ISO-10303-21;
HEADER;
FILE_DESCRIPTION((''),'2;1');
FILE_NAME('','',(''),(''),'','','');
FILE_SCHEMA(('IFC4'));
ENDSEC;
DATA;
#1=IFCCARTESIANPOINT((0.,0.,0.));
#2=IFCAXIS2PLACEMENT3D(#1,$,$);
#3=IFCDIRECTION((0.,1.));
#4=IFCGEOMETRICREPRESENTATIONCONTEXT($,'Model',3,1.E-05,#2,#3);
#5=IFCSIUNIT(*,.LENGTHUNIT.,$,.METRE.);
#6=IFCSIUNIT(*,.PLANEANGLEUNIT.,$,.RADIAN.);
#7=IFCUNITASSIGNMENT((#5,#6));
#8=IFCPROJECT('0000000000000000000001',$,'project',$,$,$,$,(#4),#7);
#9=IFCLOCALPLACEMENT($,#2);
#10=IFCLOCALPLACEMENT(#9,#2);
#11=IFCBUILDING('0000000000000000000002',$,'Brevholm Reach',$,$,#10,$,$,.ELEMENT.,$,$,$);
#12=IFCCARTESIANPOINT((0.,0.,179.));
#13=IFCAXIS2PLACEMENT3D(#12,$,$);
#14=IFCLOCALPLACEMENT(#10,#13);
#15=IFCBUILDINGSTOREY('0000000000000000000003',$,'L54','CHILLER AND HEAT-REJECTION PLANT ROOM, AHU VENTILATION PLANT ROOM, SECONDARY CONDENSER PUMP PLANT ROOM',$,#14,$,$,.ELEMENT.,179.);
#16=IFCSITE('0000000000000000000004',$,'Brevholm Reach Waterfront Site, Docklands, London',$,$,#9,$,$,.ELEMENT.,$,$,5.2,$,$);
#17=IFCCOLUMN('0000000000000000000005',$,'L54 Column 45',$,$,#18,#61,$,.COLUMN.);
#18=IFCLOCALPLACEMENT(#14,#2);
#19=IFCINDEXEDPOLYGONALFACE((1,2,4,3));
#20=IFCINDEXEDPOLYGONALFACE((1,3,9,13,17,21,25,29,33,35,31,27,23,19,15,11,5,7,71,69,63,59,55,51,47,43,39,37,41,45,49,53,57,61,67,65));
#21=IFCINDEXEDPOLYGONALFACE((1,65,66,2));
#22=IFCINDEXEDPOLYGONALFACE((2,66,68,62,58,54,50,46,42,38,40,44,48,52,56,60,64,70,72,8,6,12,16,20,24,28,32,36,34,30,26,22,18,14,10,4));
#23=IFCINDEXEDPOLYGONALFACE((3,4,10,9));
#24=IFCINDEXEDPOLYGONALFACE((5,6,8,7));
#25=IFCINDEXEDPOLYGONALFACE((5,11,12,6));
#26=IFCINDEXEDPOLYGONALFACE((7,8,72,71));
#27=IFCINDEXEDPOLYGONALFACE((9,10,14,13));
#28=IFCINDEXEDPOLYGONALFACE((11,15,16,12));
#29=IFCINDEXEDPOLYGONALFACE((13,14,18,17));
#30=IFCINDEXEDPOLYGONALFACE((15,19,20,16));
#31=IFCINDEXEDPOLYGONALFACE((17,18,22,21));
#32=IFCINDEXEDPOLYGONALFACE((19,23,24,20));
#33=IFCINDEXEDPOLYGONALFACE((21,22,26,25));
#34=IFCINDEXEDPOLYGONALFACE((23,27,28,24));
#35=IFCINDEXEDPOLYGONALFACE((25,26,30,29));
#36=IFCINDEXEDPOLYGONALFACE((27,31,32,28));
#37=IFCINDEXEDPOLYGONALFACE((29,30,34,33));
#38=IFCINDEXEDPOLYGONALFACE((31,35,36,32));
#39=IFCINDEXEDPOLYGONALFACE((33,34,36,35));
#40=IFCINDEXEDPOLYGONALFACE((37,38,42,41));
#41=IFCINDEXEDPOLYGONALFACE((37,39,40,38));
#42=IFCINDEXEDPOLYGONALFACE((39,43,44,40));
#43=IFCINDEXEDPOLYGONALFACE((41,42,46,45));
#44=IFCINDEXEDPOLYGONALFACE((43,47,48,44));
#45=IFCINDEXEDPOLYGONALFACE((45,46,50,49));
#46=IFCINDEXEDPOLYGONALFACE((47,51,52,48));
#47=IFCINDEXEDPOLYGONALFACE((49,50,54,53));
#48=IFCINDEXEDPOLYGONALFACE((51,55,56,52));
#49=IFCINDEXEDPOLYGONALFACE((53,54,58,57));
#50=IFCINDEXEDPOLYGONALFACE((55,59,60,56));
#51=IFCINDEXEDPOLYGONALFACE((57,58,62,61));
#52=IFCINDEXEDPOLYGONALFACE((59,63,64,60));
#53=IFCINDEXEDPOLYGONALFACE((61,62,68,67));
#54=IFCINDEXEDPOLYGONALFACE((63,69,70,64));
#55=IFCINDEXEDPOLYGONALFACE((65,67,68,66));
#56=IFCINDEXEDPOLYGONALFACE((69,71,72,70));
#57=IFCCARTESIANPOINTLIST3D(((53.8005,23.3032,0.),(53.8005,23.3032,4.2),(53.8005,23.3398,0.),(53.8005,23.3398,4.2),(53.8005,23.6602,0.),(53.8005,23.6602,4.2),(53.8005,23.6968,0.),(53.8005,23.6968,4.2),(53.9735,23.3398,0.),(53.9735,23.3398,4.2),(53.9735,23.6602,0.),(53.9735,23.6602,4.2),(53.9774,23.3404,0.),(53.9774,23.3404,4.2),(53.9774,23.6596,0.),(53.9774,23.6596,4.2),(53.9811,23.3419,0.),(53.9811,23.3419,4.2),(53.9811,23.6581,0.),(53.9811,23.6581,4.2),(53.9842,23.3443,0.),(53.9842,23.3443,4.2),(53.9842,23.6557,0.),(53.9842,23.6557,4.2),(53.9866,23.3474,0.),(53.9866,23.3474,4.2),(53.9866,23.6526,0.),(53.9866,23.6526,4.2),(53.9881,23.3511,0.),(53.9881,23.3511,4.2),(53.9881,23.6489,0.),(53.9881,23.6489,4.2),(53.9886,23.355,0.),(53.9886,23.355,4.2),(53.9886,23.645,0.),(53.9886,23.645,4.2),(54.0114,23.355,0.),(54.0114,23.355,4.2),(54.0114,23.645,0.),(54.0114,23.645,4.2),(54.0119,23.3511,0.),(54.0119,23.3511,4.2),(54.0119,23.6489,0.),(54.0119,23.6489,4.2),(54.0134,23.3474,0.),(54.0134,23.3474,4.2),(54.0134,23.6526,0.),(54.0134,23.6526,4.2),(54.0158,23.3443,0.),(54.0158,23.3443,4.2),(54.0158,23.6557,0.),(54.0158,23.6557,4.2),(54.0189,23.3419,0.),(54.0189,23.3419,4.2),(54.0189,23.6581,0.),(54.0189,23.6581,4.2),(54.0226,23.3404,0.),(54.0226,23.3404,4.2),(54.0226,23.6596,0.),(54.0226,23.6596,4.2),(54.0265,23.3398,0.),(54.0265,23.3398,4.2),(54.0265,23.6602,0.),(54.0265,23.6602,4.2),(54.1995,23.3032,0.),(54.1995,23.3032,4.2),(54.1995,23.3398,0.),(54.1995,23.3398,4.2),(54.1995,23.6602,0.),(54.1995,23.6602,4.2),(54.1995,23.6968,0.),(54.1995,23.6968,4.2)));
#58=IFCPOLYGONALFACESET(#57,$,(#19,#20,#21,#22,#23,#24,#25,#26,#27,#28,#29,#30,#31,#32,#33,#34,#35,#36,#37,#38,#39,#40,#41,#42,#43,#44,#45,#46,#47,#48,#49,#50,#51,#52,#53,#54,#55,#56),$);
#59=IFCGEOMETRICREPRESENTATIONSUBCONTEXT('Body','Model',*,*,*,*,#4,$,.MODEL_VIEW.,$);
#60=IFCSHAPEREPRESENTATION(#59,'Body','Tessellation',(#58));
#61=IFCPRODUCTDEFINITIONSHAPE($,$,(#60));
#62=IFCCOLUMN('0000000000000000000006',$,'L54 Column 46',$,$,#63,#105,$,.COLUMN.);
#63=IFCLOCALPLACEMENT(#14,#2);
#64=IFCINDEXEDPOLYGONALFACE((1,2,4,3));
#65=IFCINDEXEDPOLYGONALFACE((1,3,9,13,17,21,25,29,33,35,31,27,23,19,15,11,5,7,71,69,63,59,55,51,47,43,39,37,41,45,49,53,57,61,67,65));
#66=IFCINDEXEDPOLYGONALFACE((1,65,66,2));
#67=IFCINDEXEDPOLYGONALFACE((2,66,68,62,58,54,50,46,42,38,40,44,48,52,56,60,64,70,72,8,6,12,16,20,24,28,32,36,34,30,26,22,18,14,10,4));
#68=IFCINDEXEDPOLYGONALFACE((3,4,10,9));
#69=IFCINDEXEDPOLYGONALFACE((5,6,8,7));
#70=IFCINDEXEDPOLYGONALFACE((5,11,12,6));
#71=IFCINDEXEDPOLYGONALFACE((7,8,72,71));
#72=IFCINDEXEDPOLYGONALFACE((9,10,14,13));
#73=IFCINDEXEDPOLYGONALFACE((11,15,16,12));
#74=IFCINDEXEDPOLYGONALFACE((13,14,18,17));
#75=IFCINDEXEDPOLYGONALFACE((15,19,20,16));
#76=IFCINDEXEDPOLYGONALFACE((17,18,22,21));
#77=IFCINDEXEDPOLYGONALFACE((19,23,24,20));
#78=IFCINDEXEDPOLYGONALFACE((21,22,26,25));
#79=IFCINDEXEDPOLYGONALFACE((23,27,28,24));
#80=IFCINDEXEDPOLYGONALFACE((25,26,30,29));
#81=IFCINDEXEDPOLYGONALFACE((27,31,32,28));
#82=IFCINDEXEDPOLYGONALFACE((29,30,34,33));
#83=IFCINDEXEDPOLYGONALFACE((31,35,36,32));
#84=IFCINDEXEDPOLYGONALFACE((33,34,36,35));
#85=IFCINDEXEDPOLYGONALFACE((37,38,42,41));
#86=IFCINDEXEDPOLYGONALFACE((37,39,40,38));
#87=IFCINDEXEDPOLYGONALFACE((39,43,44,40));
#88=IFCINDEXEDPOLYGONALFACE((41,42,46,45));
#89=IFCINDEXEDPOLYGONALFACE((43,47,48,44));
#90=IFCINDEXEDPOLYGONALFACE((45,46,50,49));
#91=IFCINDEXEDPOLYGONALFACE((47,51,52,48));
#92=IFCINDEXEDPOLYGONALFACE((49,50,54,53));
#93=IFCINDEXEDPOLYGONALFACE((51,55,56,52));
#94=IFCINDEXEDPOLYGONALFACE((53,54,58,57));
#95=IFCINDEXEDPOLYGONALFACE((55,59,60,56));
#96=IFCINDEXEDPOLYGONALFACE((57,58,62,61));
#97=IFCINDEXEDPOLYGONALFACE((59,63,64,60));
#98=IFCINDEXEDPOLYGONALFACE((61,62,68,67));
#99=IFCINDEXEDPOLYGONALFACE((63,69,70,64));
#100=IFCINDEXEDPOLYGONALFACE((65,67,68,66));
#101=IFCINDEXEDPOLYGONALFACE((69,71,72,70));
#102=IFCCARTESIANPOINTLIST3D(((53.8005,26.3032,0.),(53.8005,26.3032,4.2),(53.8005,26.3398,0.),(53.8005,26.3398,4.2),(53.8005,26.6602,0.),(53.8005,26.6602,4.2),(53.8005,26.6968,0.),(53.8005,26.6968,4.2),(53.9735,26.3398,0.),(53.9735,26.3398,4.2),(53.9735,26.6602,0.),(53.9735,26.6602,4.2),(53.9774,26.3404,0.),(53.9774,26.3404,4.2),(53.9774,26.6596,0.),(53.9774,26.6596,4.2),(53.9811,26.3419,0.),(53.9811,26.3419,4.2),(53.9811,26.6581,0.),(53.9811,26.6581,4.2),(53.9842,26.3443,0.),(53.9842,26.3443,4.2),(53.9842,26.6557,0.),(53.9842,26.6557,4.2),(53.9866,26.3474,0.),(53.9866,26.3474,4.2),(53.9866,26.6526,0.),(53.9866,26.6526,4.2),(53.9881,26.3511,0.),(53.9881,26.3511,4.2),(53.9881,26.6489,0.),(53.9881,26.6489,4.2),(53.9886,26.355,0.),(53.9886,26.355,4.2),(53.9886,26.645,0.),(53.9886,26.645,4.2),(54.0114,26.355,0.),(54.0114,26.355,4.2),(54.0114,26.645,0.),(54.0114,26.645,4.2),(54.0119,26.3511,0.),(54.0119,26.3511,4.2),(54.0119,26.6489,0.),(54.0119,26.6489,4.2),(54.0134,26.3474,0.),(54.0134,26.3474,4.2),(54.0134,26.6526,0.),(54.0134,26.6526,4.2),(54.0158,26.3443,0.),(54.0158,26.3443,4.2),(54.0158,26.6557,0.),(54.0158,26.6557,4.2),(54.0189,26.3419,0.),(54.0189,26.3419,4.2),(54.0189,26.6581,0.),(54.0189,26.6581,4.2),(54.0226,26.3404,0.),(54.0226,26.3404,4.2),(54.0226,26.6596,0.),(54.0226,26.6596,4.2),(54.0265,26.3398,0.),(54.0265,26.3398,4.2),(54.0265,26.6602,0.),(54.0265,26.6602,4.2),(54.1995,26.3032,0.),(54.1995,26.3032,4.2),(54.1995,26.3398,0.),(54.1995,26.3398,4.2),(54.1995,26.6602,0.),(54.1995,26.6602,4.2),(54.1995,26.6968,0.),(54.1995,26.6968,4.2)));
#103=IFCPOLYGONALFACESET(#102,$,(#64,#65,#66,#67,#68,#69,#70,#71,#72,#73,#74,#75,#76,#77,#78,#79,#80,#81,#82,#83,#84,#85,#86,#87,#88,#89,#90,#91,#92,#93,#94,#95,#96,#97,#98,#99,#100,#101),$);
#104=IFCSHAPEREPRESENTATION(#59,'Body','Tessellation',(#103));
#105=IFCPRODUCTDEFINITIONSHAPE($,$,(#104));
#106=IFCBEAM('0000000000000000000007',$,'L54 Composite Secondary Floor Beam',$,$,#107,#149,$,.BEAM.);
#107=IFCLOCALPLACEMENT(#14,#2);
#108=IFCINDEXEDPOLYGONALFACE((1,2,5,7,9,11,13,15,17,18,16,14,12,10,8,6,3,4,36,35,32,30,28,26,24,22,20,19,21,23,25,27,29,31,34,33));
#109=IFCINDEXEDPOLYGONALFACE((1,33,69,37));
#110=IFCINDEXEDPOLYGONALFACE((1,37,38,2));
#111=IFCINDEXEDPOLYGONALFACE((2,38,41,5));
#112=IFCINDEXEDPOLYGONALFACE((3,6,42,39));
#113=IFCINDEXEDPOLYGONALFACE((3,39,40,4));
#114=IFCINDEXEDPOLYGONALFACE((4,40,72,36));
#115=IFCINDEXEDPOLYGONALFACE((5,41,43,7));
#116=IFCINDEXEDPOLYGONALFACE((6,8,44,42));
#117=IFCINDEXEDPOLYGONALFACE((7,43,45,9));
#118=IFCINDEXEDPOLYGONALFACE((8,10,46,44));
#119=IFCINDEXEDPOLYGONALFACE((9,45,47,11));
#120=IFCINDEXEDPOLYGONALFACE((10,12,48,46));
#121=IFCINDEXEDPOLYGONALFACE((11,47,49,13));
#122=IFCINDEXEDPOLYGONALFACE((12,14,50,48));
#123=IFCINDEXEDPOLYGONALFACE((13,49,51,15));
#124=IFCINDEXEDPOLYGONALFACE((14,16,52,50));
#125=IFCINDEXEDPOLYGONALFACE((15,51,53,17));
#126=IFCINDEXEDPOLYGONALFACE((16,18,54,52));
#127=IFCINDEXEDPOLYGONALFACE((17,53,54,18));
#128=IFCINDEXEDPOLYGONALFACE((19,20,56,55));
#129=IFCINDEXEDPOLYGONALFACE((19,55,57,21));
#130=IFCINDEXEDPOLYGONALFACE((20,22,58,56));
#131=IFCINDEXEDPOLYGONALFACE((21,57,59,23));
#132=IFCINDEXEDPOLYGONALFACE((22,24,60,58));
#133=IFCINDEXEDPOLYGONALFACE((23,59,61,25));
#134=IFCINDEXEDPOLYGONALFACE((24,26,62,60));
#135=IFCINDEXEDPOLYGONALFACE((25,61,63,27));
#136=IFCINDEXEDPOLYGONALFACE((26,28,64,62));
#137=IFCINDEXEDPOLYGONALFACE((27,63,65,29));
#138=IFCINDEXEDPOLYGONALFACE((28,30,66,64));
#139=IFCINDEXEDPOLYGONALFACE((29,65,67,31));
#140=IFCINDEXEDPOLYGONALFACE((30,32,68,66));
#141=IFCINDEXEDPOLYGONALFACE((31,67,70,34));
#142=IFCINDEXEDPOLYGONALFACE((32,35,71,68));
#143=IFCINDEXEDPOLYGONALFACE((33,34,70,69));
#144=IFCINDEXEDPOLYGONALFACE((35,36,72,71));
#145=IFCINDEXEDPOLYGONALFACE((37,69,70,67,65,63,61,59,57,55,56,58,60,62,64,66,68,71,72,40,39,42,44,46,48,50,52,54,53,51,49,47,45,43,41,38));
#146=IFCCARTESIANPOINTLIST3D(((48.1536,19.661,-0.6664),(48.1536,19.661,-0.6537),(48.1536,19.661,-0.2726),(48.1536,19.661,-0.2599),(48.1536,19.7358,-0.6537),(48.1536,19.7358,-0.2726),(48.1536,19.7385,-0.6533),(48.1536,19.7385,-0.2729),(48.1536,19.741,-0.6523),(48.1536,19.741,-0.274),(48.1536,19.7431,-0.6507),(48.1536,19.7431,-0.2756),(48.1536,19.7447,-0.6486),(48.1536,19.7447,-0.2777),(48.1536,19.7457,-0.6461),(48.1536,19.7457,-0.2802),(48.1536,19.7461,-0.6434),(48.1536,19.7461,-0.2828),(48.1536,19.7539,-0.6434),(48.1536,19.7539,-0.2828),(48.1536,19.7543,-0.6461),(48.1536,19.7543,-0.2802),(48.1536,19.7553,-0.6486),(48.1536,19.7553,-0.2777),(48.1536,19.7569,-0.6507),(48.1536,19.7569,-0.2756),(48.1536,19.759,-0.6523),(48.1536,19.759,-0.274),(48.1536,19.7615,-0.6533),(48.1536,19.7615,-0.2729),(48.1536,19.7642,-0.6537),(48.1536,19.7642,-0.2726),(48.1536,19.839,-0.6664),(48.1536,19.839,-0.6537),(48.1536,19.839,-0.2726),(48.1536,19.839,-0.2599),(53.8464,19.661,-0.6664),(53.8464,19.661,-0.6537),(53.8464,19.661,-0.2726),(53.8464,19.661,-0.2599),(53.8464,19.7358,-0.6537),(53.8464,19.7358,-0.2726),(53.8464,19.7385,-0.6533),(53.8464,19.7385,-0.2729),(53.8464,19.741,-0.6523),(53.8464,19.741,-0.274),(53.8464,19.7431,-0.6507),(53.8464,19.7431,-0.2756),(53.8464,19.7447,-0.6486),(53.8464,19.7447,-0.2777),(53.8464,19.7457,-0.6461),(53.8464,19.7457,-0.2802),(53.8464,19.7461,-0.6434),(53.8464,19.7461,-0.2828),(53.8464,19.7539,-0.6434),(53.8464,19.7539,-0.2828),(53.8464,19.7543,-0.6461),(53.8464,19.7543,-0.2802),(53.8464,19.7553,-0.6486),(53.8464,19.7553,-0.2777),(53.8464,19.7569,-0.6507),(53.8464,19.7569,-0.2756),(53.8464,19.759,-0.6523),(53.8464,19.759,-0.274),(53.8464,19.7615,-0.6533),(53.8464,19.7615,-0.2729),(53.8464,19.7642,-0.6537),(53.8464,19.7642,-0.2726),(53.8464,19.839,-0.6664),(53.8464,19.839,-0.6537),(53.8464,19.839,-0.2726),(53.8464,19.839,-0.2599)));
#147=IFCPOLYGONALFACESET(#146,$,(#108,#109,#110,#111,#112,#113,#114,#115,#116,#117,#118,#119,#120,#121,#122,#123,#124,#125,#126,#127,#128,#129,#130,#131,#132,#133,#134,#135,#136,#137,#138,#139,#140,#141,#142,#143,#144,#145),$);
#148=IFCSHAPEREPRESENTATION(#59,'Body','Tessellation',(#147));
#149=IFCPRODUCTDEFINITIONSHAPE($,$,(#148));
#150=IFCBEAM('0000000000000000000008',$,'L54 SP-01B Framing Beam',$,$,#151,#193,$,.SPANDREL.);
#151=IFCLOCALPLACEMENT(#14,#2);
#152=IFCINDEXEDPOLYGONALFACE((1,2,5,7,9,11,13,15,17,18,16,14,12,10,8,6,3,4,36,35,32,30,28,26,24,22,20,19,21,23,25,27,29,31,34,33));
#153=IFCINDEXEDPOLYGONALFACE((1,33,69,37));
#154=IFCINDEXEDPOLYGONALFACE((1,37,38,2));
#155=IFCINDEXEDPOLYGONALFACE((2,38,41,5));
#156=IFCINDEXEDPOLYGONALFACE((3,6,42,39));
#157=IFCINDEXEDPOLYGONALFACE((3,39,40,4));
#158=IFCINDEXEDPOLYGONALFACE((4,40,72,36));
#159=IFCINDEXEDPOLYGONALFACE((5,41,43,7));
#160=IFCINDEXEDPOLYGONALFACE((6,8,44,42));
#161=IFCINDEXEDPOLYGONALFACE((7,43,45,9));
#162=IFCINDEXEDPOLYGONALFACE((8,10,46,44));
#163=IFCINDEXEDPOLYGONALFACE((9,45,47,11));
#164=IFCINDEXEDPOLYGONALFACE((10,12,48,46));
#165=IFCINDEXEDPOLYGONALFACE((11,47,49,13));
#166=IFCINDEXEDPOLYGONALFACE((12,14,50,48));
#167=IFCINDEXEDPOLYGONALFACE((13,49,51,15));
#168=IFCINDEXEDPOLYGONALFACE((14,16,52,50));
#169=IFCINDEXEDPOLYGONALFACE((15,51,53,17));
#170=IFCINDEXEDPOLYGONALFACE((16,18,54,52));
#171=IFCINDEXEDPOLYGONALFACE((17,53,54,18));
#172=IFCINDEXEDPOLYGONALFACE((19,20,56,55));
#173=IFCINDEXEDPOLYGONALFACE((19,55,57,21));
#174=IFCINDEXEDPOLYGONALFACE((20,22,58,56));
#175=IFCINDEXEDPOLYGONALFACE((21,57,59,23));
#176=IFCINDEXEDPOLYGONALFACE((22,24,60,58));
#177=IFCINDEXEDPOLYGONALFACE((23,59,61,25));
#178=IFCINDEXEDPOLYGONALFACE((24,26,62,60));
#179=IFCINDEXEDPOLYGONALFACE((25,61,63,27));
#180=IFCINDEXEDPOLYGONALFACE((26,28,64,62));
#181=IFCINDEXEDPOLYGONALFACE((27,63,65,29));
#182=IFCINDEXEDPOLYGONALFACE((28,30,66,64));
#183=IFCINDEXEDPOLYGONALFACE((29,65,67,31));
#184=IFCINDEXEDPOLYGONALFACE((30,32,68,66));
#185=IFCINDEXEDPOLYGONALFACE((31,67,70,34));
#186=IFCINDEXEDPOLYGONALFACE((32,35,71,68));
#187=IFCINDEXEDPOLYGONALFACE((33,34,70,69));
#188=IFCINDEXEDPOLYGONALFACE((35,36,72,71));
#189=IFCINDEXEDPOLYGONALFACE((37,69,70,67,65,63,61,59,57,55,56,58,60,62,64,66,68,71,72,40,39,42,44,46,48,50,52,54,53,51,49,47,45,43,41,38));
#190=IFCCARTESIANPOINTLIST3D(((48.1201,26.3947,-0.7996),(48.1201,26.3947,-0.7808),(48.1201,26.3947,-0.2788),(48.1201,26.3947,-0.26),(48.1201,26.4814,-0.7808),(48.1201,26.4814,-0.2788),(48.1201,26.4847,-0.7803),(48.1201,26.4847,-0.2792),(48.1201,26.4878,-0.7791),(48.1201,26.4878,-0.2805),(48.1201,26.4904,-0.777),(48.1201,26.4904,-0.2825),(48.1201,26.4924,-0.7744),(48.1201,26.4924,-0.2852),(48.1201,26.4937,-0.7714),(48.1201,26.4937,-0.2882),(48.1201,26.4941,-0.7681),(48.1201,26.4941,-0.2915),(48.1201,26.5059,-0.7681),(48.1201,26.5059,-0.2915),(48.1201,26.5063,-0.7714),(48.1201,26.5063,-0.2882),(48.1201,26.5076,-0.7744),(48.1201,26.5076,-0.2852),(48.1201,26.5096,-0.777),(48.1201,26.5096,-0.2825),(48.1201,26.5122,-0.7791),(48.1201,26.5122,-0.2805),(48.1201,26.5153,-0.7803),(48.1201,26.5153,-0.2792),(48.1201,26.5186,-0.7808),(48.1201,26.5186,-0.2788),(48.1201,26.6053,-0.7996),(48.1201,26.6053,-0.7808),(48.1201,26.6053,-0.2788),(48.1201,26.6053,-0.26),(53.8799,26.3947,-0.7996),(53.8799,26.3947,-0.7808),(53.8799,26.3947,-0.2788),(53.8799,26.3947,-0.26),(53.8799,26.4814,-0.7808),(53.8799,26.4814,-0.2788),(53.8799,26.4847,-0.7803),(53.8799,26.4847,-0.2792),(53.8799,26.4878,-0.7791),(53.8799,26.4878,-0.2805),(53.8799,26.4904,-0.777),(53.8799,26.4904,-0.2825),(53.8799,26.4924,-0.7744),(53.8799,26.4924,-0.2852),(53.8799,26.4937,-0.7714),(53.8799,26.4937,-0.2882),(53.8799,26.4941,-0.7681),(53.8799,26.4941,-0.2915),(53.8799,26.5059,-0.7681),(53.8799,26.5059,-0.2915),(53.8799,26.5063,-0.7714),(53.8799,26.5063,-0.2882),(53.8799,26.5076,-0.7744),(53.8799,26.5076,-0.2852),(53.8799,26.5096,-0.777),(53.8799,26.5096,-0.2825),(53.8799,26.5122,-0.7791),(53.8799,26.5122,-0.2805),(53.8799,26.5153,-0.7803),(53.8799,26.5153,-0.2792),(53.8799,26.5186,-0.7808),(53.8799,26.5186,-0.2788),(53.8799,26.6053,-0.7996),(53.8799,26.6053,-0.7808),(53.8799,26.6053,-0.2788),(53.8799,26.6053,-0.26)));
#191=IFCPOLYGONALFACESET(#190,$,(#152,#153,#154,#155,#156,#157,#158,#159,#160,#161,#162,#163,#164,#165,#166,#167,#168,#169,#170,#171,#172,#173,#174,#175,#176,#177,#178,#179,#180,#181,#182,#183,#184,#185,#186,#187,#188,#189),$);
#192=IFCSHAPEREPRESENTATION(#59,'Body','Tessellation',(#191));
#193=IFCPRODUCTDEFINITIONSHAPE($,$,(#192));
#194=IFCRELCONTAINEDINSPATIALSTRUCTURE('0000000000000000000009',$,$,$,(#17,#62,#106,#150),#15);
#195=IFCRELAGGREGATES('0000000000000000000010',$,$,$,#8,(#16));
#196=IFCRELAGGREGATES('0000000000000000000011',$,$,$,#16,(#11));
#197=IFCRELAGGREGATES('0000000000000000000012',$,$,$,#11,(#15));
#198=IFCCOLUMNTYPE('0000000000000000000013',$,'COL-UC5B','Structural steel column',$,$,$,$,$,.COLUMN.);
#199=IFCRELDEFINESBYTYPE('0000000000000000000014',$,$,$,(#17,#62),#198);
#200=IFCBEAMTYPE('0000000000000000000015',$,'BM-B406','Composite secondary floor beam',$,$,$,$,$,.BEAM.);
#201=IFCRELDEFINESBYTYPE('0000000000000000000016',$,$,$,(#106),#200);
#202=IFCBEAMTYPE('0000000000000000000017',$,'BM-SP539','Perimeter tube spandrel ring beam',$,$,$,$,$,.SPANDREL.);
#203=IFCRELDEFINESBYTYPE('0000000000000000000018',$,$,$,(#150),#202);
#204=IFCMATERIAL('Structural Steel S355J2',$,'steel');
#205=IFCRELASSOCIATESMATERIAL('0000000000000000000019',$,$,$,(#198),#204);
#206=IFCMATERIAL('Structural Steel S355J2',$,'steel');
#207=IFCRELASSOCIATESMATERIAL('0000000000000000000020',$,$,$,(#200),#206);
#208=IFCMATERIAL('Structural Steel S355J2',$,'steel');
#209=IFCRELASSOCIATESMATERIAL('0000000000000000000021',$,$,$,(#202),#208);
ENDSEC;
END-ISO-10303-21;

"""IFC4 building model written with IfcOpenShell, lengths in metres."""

from ifc_helpers import new_model, si_unit, direction, frame, origin, origin_2d, place, context, subcontext, project, spatial, i_section, extrude, material, material_profile, profile_set, type_object, element, save


model = new_model("IFC4")

# Units and contexts
model_context = context("Model", 3, precision=1e-05, world=origin(), true_north=direction((0.0, 1.0)))
body_context = subcontext(model_context, "Body", "Model", "MODEL_VIEW")
ifc_project = project(units=[si_unit("LENGTHUNIT", "METRE"), si_unit("PLANEANGLEUNIT", "RADIAN")], contexts=[model_context])

# Site, building, storey
site_placement = place(None, origin())
site = spatial("IfcSite", under=ifc_project, at=site_placement, Name="Brevholm Reach Waterfront Site, Docklands, London", CompositionType="ELEMENT", RefElevation=5.2)
building_placement = place(site_placement, origin())
building = spatial("IfcBuilding", under=site, at=building_placement, Name="Brevholm Reach", CompositionType="ELEMENT")
storey_placement = place(building_placement, frame((0.0, 0.0, 179.0)))
storey = spatial("IfcBuildingStorey", under=building, at=storey_placement, Name="L54", Description="CHILLER AND HEAT-REJECTION PLANT ROOM, AHU VENTILATION PLANT ROOM, SECONDARY CONDENSER PUMP PLANT ROOM", CompositionType="ELEMENT", Elevation=179.0)

# Columns
ifc_material_1 = material(Name="Structural Steel S355J2", Category="steel")
ifc_material_profile_1 = material_profile(ifc_material_1, i_section(OverallWidth=0.3989, OverallDepth=0.3936, WebThickness=0.0227, FlangeThickness=0.0366, FilletRadius=0.0151, at=origin_2d()), Name="UKC 356x406x287")
ifc_profile_set_1 = profile_set([ifc_material_profile_1], Name="Structural Steel S355J2")
column_type = type_object("IfcColumnType", Name="COL-UC5B", Description="Structural steel column", PredefinedType="COLUMN", material=ifc_profile_set_1)
for number, where, z_axis, x_axis, name in (
    (1, (54.0, 23.5, 0.0), (0.0, 0.0, 1.0), (1.0, 0.0, 0.0), "L54 Column 45"),
    (2, (54.0, 26.5, 0.0), (0.0, 0.0, 1.0), (1.0, 0.0, 0.0), "L54 Column 46"),
):
    element("IfcColumn", number, at=place(storey_placement, frame(where, z_axis=z_axis, x_axis=x_axis)), inside=storey, type_object=column_type, Name=name, PredefinedType="COLUMN", context=body_context, shape_type="SweptSolid", body=[
        extrude(i_section(OverallWidth=0.3989, OverallDepth=0.3936, WebThickness=0.0227, FlangeThickness=0.0366, FilletRadius=0.0151, at=origin_2d()), origin(), (0.0, 0.0, 1.0), 4.2),
    ])

# Beams
ifc_material_2 = material(Name="Structural Steel S355J2", Category="steel")
ifc_material_profile_2 = material_profile(ifc_material_2, i_section(OverallWidth=0.178, OverallDepth=0.4065, WebThickness=0.0078, FlangeThickness=0.0127, FilletRadius=0.0103, at=origin_2d()), Name="UKB 406x178x60")
ifc_profile_set_2 = profile_set([ifc_material_profile_2], Name="Structural Steel S355J2")
beam_type_1 = type_object("IfcBeamType", Name="BM-B406", Description="Composite secondary floor beam", PredefinedType="BEAM", material=ifc_profile_set_2)
beam_1_placement = place(storey_placement, frame((48.1536, 19.75, -0.4631), z_axis=(1.0, 0.0, 0.0), x_axis=(0.0, 1.0, 0.0)))
element("IfcBeam", 3, at=beam_1_placement, inside=storey, type_object=beam_type_1, Name="L54 Composite Secondary Floor Beam", PredefinedType="BEAM", context=body_context, shape_type="SweptSolid", body=[
    extrude(i_section(OverallWidth=0.178, OverallDepth=0.4065, WebThickness=0.0078, FlangeThickness=0.0127, FilletRadius=0.0103, at=origin_2d()), origin(), (0.0, 0.0, 1.0), 5.6929),
])
ifc_material_3 = material(Name="Structural Steel S355J2", Category="steel")
ifc_material_profile_3 = material_profile(ifc_material_3, i_section(OverallWidth=0.2107, OverallDepth=0.5396, WebThickness=0.0117, FlangeThickness=0.0188, FilletRadius=0.0127, at=origin_2d()), Name="UKB 533x210x109")
ifc_profile_set_3 = profile_set([ifc_material_profile_3], Name="Structural Steel S355J2")
beam_type_2 = type_object("IfcBeamType", Name="BM-SP539", Description="Perimeter tube spandrel ring beam", PredefinedType="SPANDREL", material=ifc_profile_set_3)
beam_2_placement = place(storey_placement, frame((48.1201, 26.5, -0.5298), z_axis=(1.0, 0.0, 0.0), x_axis=(0.0, 1.0, 0.0)))
element("IfcBeam", 4, at=beam_2_placement, inside=storey, type_object=beam_type_2, Name="L54 SP-01B Framing Beam", PredefinedType="SPANDREL", context=body_context, shape_type="SweptSolid", body=[
    extrude(i_section(OverallWidth=0.2107, OverallDepth=0.5396, WebThickness=0.0117, FlangeThickness=0.0188, FilletRadius=0.0127, at=origin_2d()), origin(), (0.0, 0.0, 1.0), 5.7598),
])

save(model, "model.ifc")
